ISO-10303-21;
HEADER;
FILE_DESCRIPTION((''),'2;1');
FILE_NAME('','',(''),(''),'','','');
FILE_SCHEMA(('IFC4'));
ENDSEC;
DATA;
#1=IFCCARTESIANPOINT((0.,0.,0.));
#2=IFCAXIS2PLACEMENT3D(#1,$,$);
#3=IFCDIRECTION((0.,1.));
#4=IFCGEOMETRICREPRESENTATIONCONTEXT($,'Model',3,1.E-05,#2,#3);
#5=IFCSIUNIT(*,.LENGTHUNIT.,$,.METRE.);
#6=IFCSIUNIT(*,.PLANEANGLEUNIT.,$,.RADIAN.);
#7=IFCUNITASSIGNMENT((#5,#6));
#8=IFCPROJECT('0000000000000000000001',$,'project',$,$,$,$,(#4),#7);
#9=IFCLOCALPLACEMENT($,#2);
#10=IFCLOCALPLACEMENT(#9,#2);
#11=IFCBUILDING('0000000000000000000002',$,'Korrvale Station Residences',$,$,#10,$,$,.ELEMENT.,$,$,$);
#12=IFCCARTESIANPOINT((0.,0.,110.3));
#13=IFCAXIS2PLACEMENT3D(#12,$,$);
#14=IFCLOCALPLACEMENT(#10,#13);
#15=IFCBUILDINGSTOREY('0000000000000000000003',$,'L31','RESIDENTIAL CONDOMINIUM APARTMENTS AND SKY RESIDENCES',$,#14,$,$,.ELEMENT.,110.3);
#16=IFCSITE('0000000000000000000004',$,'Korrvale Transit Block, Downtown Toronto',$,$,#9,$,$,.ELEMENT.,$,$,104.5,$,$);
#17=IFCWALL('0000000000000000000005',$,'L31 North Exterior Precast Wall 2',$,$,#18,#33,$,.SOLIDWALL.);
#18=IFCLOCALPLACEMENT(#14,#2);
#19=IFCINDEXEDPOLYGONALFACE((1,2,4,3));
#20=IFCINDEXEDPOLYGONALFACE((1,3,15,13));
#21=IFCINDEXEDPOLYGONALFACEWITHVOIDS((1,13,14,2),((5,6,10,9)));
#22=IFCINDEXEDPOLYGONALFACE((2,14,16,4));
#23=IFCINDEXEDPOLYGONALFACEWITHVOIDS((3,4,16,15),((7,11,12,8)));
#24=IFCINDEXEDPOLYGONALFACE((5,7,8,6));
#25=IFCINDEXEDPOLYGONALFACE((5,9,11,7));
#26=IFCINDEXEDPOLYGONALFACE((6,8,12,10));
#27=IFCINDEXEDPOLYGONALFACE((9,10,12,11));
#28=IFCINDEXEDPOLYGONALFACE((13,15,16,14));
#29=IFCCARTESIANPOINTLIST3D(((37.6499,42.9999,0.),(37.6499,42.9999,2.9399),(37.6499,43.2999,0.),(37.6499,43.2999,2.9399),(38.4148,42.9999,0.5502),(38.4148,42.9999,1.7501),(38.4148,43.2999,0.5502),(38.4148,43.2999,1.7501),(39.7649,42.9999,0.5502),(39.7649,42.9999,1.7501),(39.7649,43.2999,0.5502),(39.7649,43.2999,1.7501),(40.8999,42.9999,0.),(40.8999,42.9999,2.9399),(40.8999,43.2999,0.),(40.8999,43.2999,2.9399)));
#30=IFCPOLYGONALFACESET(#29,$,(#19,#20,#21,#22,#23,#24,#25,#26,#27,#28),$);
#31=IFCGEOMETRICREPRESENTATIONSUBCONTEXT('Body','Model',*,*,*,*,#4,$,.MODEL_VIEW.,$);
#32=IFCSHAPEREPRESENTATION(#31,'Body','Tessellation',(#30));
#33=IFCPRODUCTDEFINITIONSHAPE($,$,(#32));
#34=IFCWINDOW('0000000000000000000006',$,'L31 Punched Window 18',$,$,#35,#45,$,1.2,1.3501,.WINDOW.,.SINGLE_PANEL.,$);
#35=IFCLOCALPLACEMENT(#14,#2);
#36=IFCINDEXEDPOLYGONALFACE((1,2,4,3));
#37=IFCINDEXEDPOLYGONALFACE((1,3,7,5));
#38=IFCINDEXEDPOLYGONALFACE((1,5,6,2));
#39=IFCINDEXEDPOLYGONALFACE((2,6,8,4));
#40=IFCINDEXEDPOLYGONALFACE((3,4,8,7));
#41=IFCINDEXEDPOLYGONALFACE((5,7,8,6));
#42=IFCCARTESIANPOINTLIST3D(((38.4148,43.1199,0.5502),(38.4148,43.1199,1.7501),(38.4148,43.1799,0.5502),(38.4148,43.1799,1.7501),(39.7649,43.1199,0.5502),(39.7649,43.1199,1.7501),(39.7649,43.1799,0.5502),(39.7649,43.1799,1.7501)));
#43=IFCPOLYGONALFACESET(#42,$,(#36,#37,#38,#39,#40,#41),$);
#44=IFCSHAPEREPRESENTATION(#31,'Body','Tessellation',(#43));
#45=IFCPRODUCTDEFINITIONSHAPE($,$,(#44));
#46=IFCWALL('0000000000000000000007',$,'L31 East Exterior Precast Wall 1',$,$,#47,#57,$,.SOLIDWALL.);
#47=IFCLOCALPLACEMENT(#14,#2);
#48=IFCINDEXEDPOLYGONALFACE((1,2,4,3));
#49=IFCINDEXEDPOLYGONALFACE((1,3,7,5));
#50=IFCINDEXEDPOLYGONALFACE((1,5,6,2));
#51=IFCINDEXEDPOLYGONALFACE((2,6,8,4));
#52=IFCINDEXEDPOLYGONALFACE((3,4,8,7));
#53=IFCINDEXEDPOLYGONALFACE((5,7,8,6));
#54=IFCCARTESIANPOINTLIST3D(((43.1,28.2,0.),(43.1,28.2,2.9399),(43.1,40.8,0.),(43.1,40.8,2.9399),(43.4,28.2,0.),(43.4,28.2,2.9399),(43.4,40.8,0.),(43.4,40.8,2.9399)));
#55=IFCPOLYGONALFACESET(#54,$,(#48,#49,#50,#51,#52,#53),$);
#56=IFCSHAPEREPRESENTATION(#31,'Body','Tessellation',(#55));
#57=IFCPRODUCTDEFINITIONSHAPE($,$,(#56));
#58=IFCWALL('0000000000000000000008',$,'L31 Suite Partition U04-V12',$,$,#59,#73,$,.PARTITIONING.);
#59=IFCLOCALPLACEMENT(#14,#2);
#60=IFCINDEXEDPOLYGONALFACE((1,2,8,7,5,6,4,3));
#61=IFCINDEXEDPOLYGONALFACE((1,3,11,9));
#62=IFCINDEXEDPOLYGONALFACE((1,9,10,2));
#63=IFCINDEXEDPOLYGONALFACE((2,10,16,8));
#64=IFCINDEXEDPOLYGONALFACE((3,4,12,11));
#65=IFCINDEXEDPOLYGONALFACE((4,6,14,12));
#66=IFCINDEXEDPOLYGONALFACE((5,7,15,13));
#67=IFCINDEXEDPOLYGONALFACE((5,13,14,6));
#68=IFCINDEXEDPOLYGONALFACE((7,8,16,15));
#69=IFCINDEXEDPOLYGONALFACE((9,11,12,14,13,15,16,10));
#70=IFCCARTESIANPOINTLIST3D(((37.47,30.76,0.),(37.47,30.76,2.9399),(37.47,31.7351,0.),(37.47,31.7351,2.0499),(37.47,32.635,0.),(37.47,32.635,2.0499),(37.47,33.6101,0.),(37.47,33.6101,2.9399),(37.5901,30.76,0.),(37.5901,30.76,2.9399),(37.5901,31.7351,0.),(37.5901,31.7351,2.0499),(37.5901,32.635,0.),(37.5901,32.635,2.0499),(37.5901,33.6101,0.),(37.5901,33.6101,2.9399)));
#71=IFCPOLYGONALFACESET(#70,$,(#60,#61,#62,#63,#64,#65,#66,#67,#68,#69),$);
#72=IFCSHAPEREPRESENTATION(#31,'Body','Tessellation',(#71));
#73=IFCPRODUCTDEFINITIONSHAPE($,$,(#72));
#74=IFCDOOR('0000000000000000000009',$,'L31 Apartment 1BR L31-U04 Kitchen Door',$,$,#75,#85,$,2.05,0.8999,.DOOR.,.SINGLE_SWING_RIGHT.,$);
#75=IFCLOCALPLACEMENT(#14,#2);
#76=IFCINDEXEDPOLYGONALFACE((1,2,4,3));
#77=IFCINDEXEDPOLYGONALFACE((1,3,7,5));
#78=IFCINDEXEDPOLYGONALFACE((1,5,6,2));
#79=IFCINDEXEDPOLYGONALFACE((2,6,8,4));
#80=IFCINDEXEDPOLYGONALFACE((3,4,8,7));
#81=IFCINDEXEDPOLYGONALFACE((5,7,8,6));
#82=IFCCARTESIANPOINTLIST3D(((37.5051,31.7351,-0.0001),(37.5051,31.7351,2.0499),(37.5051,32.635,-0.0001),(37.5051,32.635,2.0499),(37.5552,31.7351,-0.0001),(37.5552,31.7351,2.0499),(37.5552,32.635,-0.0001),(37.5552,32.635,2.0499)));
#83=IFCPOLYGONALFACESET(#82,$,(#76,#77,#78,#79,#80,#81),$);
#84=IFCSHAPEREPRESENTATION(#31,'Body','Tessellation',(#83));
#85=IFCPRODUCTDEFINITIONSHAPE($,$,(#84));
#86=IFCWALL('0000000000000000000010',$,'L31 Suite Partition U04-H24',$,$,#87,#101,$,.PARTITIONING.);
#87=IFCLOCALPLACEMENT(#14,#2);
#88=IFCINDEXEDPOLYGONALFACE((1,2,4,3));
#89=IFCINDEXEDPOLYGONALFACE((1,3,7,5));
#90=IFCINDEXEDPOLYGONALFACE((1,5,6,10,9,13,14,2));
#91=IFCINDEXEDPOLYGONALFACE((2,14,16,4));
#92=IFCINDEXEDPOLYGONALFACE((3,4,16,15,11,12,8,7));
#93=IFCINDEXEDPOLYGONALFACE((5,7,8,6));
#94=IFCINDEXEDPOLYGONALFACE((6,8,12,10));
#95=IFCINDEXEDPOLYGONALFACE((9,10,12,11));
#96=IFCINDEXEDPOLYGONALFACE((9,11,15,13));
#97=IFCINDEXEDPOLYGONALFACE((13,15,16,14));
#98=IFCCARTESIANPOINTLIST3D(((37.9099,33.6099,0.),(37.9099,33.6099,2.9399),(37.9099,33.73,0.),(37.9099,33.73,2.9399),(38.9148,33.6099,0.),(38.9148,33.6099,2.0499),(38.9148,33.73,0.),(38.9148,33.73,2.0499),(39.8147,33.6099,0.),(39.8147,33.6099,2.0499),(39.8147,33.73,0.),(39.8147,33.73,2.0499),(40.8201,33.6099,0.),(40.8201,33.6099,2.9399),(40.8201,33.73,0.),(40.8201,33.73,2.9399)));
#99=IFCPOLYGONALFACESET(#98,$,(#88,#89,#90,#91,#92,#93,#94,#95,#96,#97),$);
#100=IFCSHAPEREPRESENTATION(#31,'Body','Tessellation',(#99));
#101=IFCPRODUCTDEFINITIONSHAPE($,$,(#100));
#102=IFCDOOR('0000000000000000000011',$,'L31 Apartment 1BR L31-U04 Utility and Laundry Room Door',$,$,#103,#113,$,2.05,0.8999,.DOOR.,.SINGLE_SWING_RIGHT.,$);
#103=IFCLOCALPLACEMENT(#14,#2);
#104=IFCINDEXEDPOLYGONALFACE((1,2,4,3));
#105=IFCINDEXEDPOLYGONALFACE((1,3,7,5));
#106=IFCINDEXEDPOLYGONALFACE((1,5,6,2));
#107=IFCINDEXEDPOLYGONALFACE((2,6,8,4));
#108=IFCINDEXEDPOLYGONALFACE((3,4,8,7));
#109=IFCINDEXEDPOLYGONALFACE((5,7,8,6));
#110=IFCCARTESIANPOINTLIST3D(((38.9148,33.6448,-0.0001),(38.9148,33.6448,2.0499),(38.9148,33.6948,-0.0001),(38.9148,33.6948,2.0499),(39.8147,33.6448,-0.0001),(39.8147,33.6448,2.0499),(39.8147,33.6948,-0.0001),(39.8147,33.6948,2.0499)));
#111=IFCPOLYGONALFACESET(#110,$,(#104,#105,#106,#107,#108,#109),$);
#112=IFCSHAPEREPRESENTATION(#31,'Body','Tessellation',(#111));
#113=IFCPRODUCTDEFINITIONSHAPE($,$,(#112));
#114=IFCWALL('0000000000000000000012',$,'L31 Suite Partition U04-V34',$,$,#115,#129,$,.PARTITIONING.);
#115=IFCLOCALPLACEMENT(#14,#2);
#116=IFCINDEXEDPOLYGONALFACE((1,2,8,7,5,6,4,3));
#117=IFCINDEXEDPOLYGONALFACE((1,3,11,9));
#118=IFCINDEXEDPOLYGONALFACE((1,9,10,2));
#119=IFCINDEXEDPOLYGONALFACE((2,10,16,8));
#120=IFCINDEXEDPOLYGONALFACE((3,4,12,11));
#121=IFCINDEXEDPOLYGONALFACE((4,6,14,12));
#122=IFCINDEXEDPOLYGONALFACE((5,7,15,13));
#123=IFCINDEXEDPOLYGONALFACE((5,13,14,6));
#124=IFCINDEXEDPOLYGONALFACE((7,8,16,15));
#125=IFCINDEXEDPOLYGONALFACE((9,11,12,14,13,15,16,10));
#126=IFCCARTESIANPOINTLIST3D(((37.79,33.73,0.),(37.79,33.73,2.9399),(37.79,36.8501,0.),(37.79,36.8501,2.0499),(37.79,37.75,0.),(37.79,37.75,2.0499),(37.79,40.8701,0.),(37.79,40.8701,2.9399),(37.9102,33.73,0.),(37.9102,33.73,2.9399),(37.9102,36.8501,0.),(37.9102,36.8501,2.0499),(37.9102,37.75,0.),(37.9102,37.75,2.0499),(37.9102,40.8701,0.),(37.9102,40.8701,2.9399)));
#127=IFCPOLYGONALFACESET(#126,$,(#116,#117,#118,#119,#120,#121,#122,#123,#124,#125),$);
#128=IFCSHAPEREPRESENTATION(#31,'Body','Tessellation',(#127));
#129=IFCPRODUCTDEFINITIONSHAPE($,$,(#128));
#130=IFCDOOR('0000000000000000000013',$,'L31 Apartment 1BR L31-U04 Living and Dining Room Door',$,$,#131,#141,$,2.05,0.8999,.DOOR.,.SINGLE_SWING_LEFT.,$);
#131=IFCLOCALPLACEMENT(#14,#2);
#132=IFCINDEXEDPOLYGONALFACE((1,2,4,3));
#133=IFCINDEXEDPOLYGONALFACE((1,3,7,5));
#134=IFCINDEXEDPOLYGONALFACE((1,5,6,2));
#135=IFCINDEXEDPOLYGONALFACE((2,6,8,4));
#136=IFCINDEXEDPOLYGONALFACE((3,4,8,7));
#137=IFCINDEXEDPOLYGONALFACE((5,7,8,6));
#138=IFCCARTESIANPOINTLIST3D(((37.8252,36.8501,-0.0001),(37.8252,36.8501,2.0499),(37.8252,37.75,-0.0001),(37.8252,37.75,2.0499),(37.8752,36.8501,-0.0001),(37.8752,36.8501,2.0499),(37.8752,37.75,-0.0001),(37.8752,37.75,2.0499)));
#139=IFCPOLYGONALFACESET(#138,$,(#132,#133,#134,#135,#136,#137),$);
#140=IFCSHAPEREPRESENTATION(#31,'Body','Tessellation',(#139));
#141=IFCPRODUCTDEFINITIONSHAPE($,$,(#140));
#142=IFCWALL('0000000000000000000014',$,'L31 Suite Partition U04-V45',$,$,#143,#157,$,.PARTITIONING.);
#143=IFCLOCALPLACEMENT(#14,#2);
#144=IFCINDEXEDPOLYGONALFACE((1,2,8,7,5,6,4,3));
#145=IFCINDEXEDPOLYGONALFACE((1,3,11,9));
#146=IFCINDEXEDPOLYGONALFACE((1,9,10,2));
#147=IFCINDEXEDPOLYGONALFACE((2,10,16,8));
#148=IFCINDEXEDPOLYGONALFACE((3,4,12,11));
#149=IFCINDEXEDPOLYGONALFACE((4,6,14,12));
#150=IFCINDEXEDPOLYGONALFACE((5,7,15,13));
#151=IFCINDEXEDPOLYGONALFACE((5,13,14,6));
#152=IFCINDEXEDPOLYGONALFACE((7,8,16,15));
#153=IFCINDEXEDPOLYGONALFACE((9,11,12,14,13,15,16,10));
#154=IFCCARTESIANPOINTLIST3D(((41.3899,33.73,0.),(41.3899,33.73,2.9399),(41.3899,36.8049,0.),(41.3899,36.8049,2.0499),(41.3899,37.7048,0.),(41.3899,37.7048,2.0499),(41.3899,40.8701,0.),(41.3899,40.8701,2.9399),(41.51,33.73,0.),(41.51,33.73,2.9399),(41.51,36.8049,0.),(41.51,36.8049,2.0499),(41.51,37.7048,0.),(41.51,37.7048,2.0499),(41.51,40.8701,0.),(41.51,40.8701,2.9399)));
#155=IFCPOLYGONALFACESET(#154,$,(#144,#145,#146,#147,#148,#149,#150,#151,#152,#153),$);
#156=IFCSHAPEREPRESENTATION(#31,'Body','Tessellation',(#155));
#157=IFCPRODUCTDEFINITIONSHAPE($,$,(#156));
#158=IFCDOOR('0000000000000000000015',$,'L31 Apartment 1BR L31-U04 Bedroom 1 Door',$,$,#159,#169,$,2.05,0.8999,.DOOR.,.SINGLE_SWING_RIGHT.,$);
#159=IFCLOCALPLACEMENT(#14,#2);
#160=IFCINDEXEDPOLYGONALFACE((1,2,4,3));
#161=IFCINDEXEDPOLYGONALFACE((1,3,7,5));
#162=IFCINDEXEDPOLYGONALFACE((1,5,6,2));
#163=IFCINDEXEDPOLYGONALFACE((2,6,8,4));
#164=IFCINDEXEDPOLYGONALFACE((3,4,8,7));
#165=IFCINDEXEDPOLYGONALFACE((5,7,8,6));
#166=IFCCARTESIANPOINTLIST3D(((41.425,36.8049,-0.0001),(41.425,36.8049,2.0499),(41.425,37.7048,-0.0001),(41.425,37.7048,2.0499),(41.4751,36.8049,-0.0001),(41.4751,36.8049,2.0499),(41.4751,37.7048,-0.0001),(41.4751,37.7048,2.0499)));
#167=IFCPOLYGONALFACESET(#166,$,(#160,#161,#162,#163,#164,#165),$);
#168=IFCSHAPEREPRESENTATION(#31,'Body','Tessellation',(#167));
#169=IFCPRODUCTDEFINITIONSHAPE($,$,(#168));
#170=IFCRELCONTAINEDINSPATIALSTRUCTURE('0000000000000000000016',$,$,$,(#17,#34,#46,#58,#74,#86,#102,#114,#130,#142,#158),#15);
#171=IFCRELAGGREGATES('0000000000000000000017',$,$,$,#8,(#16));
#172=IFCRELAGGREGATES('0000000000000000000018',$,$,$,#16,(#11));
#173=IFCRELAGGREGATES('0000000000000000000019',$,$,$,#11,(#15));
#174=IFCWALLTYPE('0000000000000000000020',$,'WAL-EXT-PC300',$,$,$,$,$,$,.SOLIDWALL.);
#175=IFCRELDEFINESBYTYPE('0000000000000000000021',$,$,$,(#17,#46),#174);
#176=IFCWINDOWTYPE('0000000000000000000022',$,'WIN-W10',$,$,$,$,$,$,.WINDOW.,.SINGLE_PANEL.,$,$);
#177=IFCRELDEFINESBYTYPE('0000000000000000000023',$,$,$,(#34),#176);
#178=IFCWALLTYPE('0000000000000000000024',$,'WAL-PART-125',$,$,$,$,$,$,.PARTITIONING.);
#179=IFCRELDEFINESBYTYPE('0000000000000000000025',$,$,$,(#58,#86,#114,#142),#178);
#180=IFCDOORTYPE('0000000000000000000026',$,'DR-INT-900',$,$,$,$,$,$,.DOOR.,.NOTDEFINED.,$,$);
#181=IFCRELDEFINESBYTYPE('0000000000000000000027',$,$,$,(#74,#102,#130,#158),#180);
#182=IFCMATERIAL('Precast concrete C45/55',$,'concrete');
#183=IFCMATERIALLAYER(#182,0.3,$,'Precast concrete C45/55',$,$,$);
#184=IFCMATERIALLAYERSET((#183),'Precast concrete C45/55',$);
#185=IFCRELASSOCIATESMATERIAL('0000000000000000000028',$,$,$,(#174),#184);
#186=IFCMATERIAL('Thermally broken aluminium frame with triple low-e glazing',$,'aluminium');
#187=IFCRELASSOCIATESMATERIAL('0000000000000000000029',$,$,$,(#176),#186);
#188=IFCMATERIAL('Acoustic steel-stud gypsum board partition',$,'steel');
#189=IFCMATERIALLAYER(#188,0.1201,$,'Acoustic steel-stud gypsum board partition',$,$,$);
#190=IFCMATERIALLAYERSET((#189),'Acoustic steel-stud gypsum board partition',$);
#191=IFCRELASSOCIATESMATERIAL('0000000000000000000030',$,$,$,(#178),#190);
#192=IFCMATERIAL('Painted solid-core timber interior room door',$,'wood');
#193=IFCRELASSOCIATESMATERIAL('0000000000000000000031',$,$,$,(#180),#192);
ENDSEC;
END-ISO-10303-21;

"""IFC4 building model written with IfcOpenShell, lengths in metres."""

from ifc_helpers import new_model, si_unit, direction, frame, frame_2d, origin, place, context, subcontext, project, spatial, rectangle, extrude, material, layer, layer_set, type_object, element, fill, save


model = new_model("IFC4")

# Units and contexts
model_context = context("Model", 3, precision=1e-05, world=origin(), true_north=direction((0.0, 1.0)))
body_context = subcontext(model_context, "Body", "Model", "MODEL_VIEW")
ifc_project = project(units=[si_unit("LENGTHUNIT", "METRE"), si_unit("PLANEANGLEUNIT", "RADIAN")], contexts=[model_context])

# Site, building, storey
site_placement = place(None, origin())
site = spatial("IfcSite", under=ifc_project, at=site_placement, Name="Korrvale Transit Block, Downtown Toronto", CompositionType="ELEMENT", RefElevation=104.5)
building_placement = place(site_placement, origin())
building = spatial("IfcBuilding", under=site, at=building_placement, Name="Korrvale Station Residences", CompositionType="ELEMENT")
storey_placement = place(building_placement, frame((0.0, 0.0, 110.3)))
storey = spatial("IfcBuildingStorey", under=building, at=storey_placement, Name="L31", Description="RESIDENTIAL CONDOMINIUM APARTMENTS AND SKY RESIDENCES", CompositionType="ELEMENT", Elevation=110.3)

# Shared definitions
ifc_material_1 = material(Name="Precast concrete C45/55", Category="concrete")

# Wall, opening, window
ifc_layer_1 = layer(ifc_material_1, 0.3, Name="Precast concrete C45/55")
ifc_layer_set_1 = layer_set([ifc_layer_1], Name="Precast concrete C45/55")
wall_type_1 = type_object("IfcWallType", Name="WAL-EXT-PC300", PredefinedType="SOLIDWALL", material=ifc_layer_set_1)
wall_1_placement = place(storey_placement, frame((37.6499, 43.1499, 0.0), z_axis=(0.0, 0.0, 1.0), x_axis=(1.0, 0.0, 0.0)))
wall_1 = element("IfcWall", 1, at=wall_1_placement, inside=storey, type_object=wall_type_1, Name="L31 North Exterior Precast Wall 2", PredefinedType="SOLIDWALL", context=body_context, shape_type="SweptSolid", body=[
    extrude(rectangle(XDim=3.25, YDim=0.3, at=frame_2d((1.625, 0.0))), origin(), (0.0, 0.0, 1.0), 2.9399),
])
opening_1_placement = place(wall_1_placement, frame((0.7649, 0.0, 0.55)))
opening_1 = element("IfcOpeningElement", 2, at=opening_1_placement, cuts=wall_1, PredefinedType="OPENING", context=body_context, shape_type="SweptSolid", body=[
    extrude(rectangle(XDim=1.3501, YDim=1.2, at=frame_2d((0.675, 0.6001))), frame((0.0, 0.1602, 0.0), z_axis=(0.0, -1.0, 0.0), x_axis=(1.0, 0.0, 0.0)), (0.0, 0.0, 1.0), 0.3201),
])
ifc_material_2 = material(Name="Thermally broken aluminium frame with triple low-e glazing", Category="aluminium")
window_type = type_object("IfcWindowType", Name="WIN-W10", PartitioningType="SINGLE_PANEL", PredefinedType="WINDOW", material=ifc_material_2)
window_placement = place(opening_1_placement, origin())
window = element("IfcWindow", 3, at=window_placement, inside=storey, type_object=window_type, Name="L31 Punched Window 18", OverallHeight=1.2, OverallWidth=1.3501, PartitioningType="SINGLE_PANEL", PredefinedType="WINDOW", context=body_context, shape_type="SweptSolid", body=[
    extrude(rectangle(XDim=1.3501, YDim=1.2, at=frame_2d((0.675, 0.6001))), frame((0.0, 0.03, 0.0), z_axis=(0.0, -1.0, 0.0), x_axis=(1.0, 0.0, 0.0)), (0.0, 0.0, 1.0), 0.0601),
])
fill(opening_1, window)

# Wall
wall_2_placement = place(storey_placement, frame((43.25, 40.8, 0.0), z_axis=(0.0, 0.0, 1.0), x_axis=(0.0, -1.0, 0.0)))
element("IfcWall", 4, at=wall_2_placement, inside=storey, type_object=wall_type_1, Name="L31 East Exterior Precast Wall 1", PredefinedType="SOLIDWALL", context=body_context, shape_type="SweptSolid", body=[
    extrude(rectangle(XDim=12.6001, YDim=0.3, at=frame_2d((6.3, 0.0))), origin(), (0.0, 0.0, 1.0), 2.9399),
])

# Walls, openings, doors
ifc_material_3 = material(Name="Acoustic steel-stud gypsum board partition", Category="steel")
ifc_layer_2 = layer(ifc_material_3, 0.1201, Name="Acoustic steel-stud gypsum board partition")
ifc_layer_set_2 = layer_set([ifc_layer_2], Name="Acoustic steel-stud gypsum board partition")
wall_type_2 = type_object("IfcWallType", Name="WAL-PART-125", PredefinedType="PARTITIONING", material=ifc_layer_set_2)
wall_3_placement = place(storey_placement, frame((37.53, 30.76, 0.0), z_axis=(0.0, 0.0, 1.0), x_axis=(0.0, 1.0, 0.0)))
wall_3 = element("IfcWall", 5, at=wall_3_placement, inside=storey, type_object=wall_type_2, Name="L31 Suite Partition U04-V12", PredefinedType="PARTITIONING", context=body_context, shape_type="SweptSolid", body=[
    extrude(rectangle(XDim=2.8501, YDim=0.1201, at=frame_2d((1.425, 0.0))), origin(), (0.0, 0.0, 1.0), 2.9399),
])
opening_2_placement = place(wall_3_placement, frame((0.9751, 0.0, 0.0)))
opening_2 = element("IfcOpeningElement", 6, at=opening_2_placement, cuts=wall_3, PredefinedType="OPENING", context=body_context, shape_type="SweptSolid", body=[
    extrude(rectangle(XDim=0.8999, YDim=2.05, at=frame_2d((0.45, 1.0249))), frame((0.0, 0.0701, 0.0), z_axis=(0.0, -1.0, 0.0), x_axis=(1.0, 0.0, 0.0)), (0.0, 0.0, 1.0), 0.1401),
])
ifc_material_4 = material(Name="Painted solid-core timber interior room door", Category="wood")
door_type = type_object("IfcDoorType", Name="DR-INT-900", OperationType="NOTDEFINED", PredefinedType="DOOR", material=ifc_material_4)
door_1_placement = place(opening_2_placement, origin())
door_1 = element("IfcDoor", 7, at=door_1_placement, inside=storey, type_object=door_type, Name="L31 Apartment 1BR L31-U04 Kitchen Door", OperationType="SINGLE_SWING_RIGHT", OverallHeight=2.05, OverallWidth=0.8999, PredefinedType="DOOR", context=body_context, shape_type="SweptSolid", body=[
    extrude(rectangle(XDim=0.8999, YDim=2.05, at=frame_2d((0.45, 1.0249))), frame((0.0, 0.0249, 0.0), z_axis=(0.0, -1.0, 0.0), x_axis=(1.0, 0.0, 0.0)), (0.0, 0.0, 1.0), 0.05),
])
fill(opening_2, door_1)
wall_4_placement = place(storey_placement, frame((37.9099, 33.6699, 0.0), z_axis=(0.0, 0.0, 1.0), x_axis=(1.0, 0.0, 0.0)))
wall_4 = element("IfcWall", 8, at=wall_4_placement, inside=storey, type_object=wall_type_2, Name="L31 Suite Partition U04-H24", PredefinedType="PARTITIONING", context=body_context, shape_type="SweptSolid", body=[
    extrude(rectangle(XDim=2.9102, YDim=0.1201, at=frame_2d((1.4551, 0.0))), origin(), (0.0, 0.0, 1.0), 2.9399),
])
opening_3_placement = place(wall_4_placement, frame((1.0049, 0.0, 0.0)))
opening_3 = element("IfcOpeningElement", 9, at=opening_3_placement, cuts=wall_4, PredefinedType="OPENING", context=body_context, shape_type="SweptSolid", body=[
    extrude(rectangle(XDim=0.8999, YDim=2.05, at=frame_2d((0.45, 1.0249))), frame((0.0, 0.0701, 0.0), z_axis=(0.0, -1.0, 0.0), x_axis=(1.0, 0.0, 0.0)), (0.0, 0.0, 1.0), 0.1401),
])
door_2_placement = place(opening_3_placement, origin())
door_2 = element("IfcDoor", 10, at=door_2_placement, inside=storey, type_object=door_type, Name="L31 Apartment 1BR L31-U04 Utility and Laundry Room Door", OperationType="SINGLE_SWING_RIGHT", OverallHeight=2.05, OverallWidth=0.8999, PredefinedType="DOOR", context=body_context, shape_type="SweptSolid", body=[
    extrude(rectangle(XDim=0.8999, YDim=2.05, at=frame_2d((0.45, 1.0249))), frame((0.0, 0.0249, 0.0), z_axis=(0.0, -1.0, 0.0), x_axis=(1.0, 0.0, 0.0)), (0.0, 0.0, 1.0), 0.05),
])
fill(opening_3, door_2)
wall_5_placement = place(storey_placement, frame((37.8501, 33.73, 0.0), z_axis=(0.0, 0.0, 1.0), x_axis=(0.0, 1.0, 0.0)))
wall_5 = element("IfcWall", 11, at=wall_5_placement, inside=storey, type_object=wall_type_2, Name="L31 Suite Partition U04-V34", PredefinedType="PARTITIONING", context=body_context, shape_type="SweptSolid", body=[
    extrude(rectangle(XDim=7.1401, YDim=0.1201, at=frame_2d((3.5701, 0.0))), origin(), (0.0, 0.0, 1.0), 2.9399),
])
opening_4_placement = place(wall_5_placement, frame((3.1201, 0.0, 0.0)))
opening_4 = element("IfcOpeningElement", 12, at=opening_4_placement, cuts=wall_5, PredefinedType="OPENING", context=body_context, shape_type="SweptSolid", body=[
    extrude(rectangle(XDim=0.8999, YDim=2.05, at=frame_2d((0.45, 1.0249))), frame((0.0, 0.0701, 0.0), z_axis=(0.0, -1.0, 0.0), x_axis=(1.0, 0.0, 0.0)), (0.0, 0.0, 1.0), 0.1401),
])
door_3_placement = place(opening_4_placement, origin())
door_3 = element("IfcDoor", 13, at=door_3_placement, inside=storey, type_object=door_type, Name="L31 Apartment 1BR L31-U04 Living and Dining Room Door", OperationType="SINGLE_SWING_LEFT", OverallHeight=2.05, OverallWidth=0.8999, PredefinedType="DOOR", context=body_context, shape_type="SweptSolid", body=[
    extrude(rectangle(XDim=0.8999, YDim=2.05, at=frame_2d((0.45, 1.0249))), frame((0.0, 0.0249, 0.0), z_axis=(0.0, -1.0, 0.0), x_axis=(1.0, 0.0, 0.0)), (0.0, 0.0, 1.0), 0.05),
])
fill(opening_4, door_3)
wall_6_placement = place(storey_placement, frame((41.45, 33.73, 0.0), z_axis=(0.0, 0.0, 1.0), x_axis=(0.0, 1.0, 0.0)))
wall_6 = element("IfcWall", 14, at=wall_6_placement, inside=storey, type_object=wall_type_2, Name="L31 Suite Partition U04-V45", PredefinedType="PARTITIONING", context=body_context, shape_type="SweptSolid", body=[
    extrude(rectangle(XDim=7.1401, YDim=0.1201, at=frame_2d((3.5701, 0.0))), origin(), (0.0, 0.0, 1.0), 2.9399),
])
opening_5_placement = place(wall_6_placement, frame((3.075, 0.0, 0.0)))
opening_5 = element("IfcOpeningElement", 15, at=opening_5_placement, cuts=wall_6, PredefinedType="OPENING", context=body_context, shape_type="SweptSolid", body=[
    extrude(rectangle(XDim=0.8999, YDim=2.05, at=frame_2d((0.45, 1.0249))), frame((0.0, 0.0701, 0.0), z_axis=(0.0, -1.0, 0.0), x_axis=(1.0, 0.0, 0.0)), (0.0, 0.0, 1.0), 0.1401),
])
door_4_placement = place(opening_5_placement, origin())
door_4 = element("IfcDoor", 16, at=door_4_placement, inside=storey, type_object=door_type, Name="L31 Apartment 1BR L31-U04 Bedroom 1 Door", OperationType="SINGLE_SWING_RIGHT", OverallHeight=2.05, OverallWidth=0.8999, PredefinedType="DOOR", context=body_context, shape_type="SweptSolid", body=[
    extrude(rectangle(XDim=0.8999, YDim=2.05, at=frame_2d((0.45, 1.0249))), frame((0.0, 0.0249, 0.0), z_axis=(0.0, -1.0, 0.0), x_axis=(1.0, 0.0, 0.0)), (0.0, 0.0, 1.0), 0.05),
])
fill(opening_5, door_4)

save(model, "model.ifc")
